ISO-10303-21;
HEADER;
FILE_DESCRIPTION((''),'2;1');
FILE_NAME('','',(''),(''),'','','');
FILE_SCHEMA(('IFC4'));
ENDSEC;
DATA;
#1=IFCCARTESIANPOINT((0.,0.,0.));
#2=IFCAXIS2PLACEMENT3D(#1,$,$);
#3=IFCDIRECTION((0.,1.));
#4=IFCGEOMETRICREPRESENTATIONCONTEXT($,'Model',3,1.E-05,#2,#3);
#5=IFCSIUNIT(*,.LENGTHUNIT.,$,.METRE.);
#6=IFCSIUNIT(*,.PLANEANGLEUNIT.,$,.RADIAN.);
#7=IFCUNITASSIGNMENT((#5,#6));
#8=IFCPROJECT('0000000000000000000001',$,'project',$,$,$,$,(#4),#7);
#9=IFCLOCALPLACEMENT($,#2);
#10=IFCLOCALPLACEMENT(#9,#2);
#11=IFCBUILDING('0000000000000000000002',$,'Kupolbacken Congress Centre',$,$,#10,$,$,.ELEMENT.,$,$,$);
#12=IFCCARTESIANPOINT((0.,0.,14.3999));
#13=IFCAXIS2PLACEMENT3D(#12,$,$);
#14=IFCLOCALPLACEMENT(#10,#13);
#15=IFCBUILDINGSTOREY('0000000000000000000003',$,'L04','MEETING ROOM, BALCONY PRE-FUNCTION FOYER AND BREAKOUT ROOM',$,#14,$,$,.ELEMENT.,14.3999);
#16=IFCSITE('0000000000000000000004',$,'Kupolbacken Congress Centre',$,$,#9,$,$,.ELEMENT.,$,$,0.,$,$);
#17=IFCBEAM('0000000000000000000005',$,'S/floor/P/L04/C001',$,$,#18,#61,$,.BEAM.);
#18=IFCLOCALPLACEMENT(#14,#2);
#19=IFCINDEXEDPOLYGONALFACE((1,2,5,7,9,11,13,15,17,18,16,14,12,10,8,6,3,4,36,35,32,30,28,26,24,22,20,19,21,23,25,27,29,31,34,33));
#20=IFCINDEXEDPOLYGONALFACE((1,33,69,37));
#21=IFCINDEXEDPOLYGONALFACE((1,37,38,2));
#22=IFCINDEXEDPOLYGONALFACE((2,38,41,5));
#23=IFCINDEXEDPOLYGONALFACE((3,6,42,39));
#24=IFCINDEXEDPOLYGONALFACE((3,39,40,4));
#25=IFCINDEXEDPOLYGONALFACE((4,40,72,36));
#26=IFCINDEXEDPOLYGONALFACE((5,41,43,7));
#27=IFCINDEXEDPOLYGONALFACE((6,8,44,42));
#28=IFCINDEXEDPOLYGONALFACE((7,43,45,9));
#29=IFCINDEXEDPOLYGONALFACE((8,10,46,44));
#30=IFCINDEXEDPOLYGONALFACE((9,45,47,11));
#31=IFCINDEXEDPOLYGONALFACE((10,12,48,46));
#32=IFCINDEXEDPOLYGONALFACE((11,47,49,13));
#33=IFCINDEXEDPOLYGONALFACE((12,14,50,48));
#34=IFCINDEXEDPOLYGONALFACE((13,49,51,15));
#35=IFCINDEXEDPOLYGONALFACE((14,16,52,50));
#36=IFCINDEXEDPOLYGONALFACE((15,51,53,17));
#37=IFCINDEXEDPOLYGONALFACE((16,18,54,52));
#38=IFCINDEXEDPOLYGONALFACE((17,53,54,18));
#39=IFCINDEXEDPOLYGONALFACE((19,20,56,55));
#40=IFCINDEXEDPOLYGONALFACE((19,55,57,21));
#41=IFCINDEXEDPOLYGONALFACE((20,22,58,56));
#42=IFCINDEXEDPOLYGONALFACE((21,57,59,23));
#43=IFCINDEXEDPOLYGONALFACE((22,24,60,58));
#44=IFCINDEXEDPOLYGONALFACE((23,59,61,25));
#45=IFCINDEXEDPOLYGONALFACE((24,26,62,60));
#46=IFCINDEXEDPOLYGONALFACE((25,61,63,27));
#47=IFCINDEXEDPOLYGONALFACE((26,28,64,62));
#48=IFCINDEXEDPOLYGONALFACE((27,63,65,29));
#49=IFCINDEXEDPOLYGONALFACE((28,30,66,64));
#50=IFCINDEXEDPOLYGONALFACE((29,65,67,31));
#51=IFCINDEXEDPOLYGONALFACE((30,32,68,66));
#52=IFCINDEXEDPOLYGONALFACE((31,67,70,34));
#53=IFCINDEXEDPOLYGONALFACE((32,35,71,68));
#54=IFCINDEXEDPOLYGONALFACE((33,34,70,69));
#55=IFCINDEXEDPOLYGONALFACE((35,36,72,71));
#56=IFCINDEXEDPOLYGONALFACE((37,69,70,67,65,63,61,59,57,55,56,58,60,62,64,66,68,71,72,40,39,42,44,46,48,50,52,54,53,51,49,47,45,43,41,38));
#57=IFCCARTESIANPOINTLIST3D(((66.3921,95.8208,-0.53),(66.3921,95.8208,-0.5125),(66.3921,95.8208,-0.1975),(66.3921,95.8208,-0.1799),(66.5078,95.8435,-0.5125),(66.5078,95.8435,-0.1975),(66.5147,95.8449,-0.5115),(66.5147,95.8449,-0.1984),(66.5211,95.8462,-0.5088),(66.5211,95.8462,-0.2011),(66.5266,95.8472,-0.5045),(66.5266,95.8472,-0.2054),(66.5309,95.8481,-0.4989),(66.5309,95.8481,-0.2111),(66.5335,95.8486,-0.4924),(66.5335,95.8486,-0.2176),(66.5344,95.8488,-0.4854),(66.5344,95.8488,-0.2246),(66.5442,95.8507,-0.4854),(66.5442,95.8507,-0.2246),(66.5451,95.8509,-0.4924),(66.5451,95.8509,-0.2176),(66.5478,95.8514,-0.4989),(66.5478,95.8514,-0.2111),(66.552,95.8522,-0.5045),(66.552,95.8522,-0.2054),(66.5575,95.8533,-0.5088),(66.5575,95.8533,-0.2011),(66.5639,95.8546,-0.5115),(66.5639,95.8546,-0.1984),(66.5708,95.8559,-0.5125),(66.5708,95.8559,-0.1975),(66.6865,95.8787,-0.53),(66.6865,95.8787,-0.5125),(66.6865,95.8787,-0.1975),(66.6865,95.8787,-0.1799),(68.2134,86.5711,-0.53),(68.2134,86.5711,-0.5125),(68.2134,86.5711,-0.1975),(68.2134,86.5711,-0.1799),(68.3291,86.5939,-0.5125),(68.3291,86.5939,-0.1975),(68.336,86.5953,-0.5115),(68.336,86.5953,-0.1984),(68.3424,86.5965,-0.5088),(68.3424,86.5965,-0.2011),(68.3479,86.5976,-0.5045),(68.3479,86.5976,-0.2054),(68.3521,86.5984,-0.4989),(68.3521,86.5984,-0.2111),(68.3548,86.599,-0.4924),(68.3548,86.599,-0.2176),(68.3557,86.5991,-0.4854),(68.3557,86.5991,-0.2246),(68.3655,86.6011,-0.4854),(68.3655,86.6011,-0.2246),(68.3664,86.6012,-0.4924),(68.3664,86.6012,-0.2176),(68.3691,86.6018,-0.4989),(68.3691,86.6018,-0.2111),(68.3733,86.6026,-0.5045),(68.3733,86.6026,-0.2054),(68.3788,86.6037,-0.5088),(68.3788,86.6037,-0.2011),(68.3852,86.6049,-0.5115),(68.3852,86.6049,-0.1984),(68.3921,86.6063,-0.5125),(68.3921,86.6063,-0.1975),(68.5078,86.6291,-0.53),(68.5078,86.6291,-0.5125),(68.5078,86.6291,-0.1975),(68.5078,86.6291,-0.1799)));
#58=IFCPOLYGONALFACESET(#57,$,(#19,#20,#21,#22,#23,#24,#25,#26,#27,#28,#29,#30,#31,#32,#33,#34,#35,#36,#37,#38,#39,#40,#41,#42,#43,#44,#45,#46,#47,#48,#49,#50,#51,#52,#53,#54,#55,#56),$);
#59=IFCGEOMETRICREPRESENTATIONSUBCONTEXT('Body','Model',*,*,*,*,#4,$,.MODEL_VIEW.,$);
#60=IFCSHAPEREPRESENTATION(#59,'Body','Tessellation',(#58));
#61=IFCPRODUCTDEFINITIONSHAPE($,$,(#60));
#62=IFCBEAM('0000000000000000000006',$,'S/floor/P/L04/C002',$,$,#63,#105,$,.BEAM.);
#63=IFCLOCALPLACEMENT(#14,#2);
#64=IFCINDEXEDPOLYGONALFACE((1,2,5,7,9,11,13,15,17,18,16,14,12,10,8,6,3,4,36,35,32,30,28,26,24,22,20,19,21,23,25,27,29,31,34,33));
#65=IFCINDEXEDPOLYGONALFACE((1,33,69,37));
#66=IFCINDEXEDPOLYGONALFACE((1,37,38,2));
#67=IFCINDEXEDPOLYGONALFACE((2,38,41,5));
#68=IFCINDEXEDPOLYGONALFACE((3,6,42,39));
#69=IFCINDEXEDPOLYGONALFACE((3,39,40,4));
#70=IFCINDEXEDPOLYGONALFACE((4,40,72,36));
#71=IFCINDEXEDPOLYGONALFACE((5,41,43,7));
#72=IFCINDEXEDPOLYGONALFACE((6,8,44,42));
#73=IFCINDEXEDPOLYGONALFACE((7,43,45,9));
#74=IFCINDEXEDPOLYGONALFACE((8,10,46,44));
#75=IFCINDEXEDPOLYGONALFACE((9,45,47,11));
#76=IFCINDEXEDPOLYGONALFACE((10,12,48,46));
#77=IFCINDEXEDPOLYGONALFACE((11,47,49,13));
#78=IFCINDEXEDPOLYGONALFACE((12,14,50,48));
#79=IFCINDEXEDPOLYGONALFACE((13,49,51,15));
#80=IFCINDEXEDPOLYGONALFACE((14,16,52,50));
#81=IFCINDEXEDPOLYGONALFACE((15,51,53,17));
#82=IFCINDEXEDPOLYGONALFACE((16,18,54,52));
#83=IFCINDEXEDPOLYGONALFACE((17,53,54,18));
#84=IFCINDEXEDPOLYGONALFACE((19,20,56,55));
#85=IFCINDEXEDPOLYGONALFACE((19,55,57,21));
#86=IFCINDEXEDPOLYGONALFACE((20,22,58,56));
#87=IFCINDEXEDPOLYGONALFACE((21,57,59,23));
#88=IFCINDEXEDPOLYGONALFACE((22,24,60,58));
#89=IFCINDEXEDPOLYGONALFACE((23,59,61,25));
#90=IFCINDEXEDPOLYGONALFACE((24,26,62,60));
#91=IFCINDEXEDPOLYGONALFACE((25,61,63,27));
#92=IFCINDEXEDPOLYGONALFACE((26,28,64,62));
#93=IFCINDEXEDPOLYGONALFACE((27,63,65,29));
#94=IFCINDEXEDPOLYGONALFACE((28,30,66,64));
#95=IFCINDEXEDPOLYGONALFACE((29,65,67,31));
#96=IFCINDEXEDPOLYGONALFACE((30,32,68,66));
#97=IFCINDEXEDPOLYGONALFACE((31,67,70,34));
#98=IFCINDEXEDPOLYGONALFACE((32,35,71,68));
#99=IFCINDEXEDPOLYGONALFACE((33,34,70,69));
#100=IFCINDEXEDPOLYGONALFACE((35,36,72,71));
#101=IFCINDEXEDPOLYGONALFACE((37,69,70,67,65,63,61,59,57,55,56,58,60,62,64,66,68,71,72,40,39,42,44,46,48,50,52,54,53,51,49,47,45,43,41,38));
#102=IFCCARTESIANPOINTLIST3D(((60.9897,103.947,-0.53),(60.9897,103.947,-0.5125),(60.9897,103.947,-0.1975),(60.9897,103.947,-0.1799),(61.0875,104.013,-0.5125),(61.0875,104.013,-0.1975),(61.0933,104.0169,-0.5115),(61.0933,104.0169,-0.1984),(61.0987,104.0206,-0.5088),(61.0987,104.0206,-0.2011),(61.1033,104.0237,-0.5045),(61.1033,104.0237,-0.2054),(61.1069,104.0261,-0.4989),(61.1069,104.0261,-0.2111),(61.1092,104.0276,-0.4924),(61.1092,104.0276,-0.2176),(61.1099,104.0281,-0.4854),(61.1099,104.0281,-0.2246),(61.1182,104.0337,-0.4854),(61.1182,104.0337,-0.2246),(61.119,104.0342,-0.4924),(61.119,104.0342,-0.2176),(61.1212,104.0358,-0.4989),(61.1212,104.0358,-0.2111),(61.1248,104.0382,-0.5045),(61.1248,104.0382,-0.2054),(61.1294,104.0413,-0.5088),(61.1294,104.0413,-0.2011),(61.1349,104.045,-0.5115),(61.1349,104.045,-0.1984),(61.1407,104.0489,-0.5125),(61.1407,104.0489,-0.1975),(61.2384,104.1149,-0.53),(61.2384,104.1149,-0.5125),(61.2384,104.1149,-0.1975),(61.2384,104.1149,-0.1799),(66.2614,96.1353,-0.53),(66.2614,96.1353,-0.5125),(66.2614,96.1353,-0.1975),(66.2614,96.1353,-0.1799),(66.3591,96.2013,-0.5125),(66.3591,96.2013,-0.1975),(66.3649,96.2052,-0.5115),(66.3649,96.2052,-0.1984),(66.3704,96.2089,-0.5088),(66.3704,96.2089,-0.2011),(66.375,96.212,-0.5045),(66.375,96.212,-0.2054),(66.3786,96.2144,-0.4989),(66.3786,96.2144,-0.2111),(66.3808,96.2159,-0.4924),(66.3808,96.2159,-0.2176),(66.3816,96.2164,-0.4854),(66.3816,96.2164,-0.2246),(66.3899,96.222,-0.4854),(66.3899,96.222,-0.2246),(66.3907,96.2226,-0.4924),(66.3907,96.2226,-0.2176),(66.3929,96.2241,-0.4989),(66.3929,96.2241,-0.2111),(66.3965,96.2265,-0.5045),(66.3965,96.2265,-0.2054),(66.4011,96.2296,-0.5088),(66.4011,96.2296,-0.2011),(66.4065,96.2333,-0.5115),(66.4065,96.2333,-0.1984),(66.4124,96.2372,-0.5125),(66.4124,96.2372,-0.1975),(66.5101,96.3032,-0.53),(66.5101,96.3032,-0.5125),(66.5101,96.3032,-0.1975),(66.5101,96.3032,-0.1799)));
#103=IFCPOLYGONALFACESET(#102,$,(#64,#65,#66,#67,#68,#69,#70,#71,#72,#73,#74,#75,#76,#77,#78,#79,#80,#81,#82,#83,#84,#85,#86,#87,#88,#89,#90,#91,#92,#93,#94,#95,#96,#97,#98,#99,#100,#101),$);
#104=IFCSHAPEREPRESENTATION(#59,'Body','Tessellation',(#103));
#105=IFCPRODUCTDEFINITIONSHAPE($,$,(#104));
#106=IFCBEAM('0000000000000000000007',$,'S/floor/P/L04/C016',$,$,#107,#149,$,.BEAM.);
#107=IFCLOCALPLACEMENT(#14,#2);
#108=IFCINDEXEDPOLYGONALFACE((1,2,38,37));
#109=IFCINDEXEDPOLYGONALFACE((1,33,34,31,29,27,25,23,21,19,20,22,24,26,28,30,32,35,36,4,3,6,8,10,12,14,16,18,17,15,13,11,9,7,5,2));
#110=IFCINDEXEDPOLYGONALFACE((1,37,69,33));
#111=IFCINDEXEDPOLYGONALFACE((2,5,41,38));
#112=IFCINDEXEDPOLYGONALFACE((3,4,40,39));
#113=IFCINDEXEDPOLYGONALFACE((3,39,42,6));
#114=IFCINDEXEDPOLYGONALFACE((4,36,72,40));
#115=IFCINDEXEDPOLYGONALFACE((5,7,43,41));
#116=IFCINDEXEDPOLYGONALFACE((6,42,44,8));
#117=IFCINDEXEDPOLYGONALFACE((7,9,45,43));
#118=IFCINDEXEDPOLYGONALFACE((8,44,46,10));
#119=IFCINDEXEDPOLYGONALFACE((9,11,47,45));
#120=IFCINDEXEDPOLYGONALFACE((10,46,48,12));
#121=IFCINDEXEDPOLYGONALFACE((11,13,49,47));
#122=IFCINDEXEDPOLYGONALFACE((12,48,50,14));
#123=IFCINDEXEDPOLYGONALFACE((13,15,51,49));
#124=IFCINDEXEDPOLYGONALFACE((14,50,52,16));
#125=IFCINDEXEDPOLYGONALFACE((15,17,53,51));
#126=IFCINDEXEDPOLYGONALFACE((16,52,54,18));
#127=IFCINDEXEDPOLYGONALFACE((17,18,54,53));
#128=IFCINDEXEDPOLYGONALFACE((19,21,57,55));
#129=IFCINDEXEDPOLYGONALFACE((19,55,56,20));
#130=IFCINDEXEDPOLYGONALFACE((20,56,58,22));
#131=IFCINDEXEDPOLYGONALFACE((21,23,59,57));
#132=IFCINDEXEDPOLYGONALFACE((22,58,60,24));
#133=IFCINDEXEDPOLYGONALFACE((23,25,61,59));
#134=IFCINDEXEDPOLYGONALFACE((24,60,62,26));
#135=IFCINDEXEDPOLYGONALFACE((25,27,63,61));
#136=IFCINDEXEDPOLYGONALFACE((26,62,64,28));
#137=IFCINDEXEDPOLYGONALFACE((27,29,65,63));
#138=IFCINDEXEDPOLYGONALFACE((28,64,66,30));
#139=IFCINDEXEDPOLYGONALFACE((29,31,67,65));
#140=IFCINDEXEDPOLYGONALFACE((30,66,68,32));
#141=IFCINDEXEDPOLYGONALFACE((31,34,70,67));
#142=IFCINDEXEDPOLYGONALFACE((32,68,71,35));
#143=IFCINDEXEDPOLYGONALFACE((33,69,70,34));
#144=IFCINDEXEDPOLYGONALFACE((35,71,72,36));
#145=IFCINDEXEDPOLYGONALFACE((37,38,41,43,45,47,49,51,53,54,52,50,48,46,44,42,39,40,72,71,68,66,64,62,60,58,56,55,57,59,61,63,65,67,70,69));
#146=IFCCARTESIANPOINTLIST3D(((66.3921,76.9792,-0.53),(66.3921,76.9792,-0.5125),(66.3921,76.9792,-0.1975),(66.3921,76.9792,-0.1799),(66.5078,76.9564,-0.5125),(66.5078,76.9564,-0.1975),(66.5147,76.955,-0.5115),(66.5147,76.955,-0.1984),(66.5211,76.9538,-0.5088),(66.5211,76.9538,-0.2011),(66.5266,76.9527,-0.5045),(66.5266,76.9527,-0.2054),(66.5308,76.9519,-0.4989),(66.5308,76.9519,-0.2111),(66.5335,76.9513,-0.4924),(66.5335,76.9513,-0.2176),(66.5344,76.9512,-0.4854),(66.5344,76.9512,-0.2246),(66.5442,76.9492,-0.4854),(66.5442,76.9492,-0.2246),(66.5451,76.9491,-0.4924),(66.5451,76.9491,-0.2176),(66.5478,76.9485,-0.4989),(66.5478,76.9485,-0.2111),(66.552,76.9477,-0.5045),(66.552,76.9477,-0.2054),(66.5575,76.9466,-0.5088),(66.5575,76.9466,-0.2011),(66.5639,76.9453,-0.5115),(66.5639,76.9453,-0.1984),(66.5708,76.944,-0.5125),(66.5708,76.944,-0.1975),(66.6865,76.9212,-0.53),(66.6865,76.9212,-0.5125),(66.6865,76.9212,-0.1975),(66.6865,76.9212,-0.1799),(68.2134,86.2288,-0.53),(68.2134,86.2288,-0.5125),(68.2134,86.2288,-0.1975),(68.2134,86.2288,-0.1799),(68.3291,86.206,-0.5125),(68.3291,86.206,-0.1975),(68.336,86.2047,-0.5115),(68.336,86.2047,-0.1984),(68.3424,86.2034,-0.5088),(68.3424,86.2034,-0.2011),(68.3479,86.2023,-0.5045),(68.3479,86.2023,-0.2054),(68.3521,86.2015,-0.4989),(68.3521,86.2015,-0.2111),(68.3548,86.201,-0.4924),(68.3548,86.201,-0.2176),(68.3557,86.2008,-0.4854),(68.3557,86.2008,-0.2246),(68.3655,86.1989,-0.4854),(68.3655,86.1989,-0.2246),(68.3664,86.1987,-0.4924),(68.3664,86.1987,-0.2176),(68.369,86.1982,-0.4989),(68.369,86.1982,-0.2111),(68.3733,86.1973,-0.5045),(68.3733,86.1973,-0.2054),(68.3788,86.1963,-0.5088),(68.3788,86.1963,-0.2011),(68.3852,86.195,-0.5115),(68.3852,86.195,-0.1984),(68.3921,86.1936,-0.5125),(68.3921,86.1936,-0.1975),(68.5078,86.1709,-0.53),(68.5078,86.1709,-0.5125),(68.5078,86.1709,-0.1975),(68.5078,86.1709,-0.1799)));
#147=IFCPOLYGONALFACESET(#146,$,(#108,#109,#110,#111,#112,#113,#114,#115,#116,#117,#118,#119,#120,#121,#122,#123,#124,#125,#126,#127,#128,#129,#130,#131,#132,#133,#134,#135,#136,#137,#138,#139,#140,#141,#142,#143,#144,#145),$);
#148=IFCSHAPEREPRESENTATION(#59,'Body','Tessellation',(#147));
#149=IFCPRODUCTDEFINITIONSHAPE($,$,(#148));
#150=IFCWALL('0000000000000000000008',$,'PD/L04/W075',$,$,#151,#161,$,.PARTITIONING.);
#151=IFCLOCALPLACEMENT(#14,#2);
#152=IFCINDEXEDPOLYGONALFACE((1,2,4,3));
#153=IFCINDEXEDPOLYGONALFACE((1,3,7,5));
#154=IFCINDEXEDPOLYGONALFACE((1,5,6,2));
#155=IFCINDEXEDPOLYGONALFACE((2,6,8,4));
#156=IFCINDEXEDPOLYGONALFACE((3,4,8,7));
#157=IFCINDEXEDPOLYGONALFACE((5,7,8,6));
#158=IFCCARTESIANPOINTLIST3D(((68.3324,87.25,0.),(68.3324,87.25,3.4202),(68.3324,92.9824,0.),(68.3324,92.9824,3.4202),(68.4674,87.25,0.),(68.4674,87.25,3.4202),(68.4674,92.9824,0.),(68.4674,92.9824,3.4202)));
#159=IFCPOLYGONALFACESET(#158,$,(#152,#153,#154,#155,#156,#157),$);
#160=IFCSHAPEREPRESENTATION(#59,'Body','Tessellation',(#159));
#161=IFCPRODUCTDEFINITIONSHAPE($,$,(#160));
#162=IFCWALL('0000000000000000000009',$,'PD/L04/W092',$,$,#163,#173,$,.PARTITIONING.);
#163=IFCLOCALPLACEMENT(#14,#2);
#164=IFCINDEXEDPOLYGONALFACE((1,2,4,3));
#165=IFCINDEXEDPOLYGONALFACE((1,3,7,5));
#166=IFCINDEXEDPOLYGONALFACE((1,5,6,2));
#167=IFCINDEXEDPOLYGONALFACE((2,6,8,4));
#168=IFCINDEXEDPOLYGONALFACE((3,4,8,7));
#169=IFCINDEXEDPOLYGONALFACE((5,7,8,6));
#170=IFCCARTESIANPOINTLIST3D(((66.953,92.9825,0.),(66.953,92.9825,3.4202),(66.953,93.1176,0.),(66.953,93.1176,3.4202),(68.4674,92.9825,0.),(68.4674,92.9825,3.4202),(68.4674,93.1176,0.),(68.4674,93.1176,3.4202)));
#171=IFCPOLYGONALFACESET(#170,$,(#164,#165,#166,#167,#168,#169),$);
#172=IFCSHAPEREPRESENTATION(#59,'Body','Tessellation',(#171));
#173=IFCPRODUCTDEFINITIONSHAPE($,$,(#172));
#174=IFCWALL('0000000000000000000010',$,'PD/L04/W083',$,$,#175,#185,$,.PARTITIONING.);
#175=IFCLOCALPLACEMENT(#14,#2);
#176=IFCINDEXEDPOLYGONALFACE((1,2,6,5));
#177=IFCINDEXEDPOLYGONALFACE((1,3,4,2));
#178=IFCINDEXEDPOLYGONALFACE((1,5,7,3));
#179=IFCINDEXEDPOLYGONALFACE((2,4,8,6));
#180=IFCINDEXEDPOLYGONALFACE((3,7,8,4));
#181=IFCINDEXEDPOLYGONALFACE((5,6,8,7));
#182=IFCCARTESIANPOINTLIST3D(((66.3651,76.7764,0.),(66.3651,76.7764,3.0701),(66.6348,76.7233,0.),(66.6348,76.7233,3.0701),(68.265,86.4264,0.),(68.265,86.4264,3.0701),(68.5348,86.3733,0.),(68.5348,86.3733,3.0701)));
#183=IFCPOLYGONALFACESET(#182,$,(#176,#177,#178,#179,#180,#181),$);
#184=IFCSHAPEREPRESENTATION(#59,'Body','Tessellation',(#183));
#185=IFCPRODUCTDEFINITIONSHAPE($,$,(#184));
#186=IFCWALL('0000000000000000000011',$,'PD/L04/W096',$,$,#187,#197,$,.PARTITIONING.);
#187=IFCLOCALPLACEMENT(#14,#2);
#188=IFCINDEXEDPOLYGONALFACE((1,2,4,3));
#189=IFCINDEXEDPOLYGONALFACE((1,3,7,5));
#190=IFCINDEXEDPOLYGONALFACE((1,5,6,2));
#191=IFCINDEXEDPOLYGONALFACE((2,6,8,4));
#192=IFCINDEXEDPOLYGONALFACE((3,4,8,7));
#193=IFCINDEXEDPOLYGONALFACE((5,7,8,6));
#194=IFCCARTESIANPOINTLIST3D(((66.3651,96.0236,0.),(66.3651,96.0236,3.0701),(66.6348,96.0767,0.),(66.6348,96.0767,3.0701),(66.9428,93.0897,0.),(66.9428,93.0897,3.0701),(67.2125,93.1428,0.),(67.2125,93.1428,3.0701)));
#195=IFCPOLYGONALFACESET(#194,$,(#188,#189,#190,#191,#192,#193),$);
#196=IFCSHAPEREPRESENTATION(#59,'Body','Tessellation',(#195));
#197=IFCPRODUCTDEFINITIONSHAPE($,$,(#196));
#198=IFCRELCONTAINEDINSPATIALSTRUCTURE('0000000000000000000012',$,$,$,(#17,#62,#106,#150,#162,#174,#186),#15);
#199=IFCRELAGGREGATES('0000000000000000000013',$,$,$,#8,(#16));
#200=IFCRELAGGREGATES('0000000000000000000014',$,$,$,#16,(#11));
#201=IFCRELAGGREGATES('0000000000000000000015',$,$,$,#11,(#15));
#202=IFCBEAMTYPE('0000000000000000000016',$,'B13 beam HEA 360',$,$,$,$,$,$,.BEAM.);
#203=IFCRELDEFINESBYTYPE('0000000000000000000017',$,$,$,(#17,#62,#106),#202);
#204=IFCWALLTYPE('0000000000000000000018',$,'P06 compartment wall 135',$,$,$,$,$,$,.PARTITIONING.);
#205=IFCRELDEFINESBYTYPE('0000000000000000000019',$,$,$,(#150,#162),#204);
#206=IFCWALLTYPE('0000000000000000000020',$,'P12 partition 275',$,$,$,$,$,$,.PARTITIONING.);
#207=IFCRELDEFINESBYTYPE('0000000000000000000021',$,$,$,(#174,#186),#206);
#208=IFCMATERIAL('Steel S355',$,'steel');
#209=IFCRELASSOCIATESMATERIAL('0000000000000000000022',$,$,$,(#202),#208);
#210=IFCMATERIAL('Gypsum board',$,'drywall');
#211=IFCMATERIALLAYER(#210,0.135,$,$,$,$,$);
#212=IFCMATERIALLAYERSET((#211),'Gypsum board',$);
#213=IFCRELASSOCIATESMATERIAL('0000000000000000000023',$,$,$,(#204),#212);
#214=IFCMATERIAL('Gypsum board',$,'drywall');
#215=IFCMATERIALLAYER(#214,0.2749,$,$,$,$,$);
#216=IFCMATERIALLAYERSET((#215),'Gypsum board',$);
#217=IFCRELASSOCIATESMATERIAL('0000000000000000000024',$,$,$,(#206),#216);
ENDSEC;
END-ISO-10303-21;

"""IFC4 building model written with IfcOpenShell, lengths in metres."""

from ifc_helpers import new_model, si_unit, direction, frame, frame_2d, origin, origin_2d, place, context, subcontext, project, spatial, rectangle, i_section, extrude, material, layer, layer_set, material_profile, profile_set, type_object, element, save


model = new_model("IFC4")

# Units and contexts
model_context = context("Model", 3, precision=1e-05, world=origin(), true_north=direction((0.0, 1.0)))
body_context = subcontext(model_context, "Body", "Model", "MODEL_VIEW")
ifc_project = project(units=[si_unit("LENGTHUNIT", "METRE"), si_unit("PLANEANGLEUNIT", "RADIAN")], contexts=[model_context])

# Site, building, storey
site_placement = place(None, origin())
site = spatial("IfcSite", under=ifc_project, at=site_placement, Name="Kupolbacken Congress Centre", CompositionType="ELEMENT", RefElevation=0.0)
building_placement = place(site_placement, origin())
building = spatial("IfcBuilding", under=site, at=building_placement, Name="Kupolbacken Congress Centre", CompositionType="ELEMENT")
storey_placement = place(building_placement, frame((0.0, 0.0, 14.3999)))
storey = spatial("IfcBuildingStorey", under=building, at=storey_placement, Name="L04", Description="MEETING ROOM, BALCONY PRE-FUNCTION FOYER AND BREAKOUT ROOM", CompositionType="ELEMENT", Elevation=14.3999)

# Beams
ifc_material_1 = material(Name="Steel S355", Category="steel")
ifc_material_profile_1 = material_profile(ifc_material_1, i_section(OverallWidth=0.3, OverallDepth=0.3501, WebThickness=0.01, FlangeThickness=0.0176, FilletRadius=0.0271, at=origin_2d()), Name="HEA 360")
ifc_profile_set_1 = profile_set([ifc_material_profile_1], Name="Steel S355")
beam_type_1 = type_object("IfcBeamType", Name="B13 beam HEA 360", PredefinedType="BEAM", material=ifc_profile_set_1)
beam_1_placement = place(storey_placement, frame((68.3606, 86.6001, -0.355), z_axis=(-0.193192, 0.981161, 0.0), x_axis=(-0.981161, -0.193192, 0.0)))
element("IfcBeam", 1, at=beam_1_placement, inside=storey, type_object=beam_type_1, Name="S/floor/P/L04/C001", PredefinedType="BEAM", context=body_context, shape_type="SweptSolid", body=[
    extrude(i_section(OverallWidth=0.3, OverallDepth=0.3501, WebThickness=0.01, FlangeThickness=0.0176, FilletRadius=0.0271, at=origin_2d()), origin(), (0.0, 0.0, 1.0), 9.4272),
])
beam_2_placement = place(storey_placement, frame((66.3857, 96.2192, -0.355), z_axis=(-0.559384, 0.828908, 0.0), x_axis=(-0.828908, -0.559384, 0.0)))
element("IfcBeam", 2, at=beam_2_placement, inside=storey, type_object=beam_type_1, Name="S/floor/P/L04/C002", PredefinedType="BEAM", context=body_context, shape_type="SweptSolid", body=[
    extrude(i_section(OverallWidth=0.3, OverallDepth=0.3501, WebThickness=0.01, FlangeThickness=0.0176, FilletRadius=0.0271, at=origin_2d()), origin(), (0.0, 0.0, 1.0), 9.4241),
])
beam_3_placement = place(storey_placement, frame((66.5393, 76.9502, -0.355), z_axis=(0.193192, 0.981161, 0.0), x_axis=(-0.981161, 0.193192, 0.0)))
element("IfcBeam", 3, at=beam_3_placement, inside=storey, type_object=beam_type_1, Name="S/floor/P/L04/C016", PredefinedType="BEAM", context=body_context, shape_type="SweptSolid", body=[
    extrude(i_section(OverallWidth=0.3, OverallDepth=0.3501, WebThickness=0.01, FlangeThickness=0.0176, FilletRadius=0.0271, at=origin_2d()), origin(), (0.0, 0.0, 1.0), 9.4272),
])

# Walls
ifc_material_2 = material(Name="Gypsum board", Category="drywall")
ifc_layer_1 = layer(ifc_material_2, 0.135)
ifc_layer_set_1 = layer_set([ifc_layer_1], Name="Gypsum board")
wall_type_1 = type_object("IfcWallType", Name="P06 compartment wall 135", PredefinedType="PARTITIONING", material=ifc_layer_set_1)
wall_1_placement = place(storey_placement, frame((68.3999, 87.25, 0.0), z_axis=(0.0, 0.0, 1.0), x_axis=(0.0, 1.0, 0.0)))
element("IfcWall", 4, at=wall_1_placement, inside=storey, type_object=wall_type_1, Name="PD/L04/W075", PredefinedType="PARTITIONING", context=body_context, shape_type="SweptSolid", body=[
    extrude(rectangle(XDim=5.7324, YDim=0.135, at=frame_2d((2.8662, 0.0))), origin(), (0.0, 0.0, 1.0), 3.4202),
])
wall_2_placement = place(storey_placement, frame((68.4675, 93.05, 0.0), z_axis=(0.0, 0.0, 1.0), x_axis=(-1.0, 0.0, 0.0)))
element("IfcWall", 5, at=wall_2_placement, inside=storey, type_object=wall_type_1, Name="PD/L04/W092", PredefinedType="PARTITIONING", context=body_context, shape_type="SweptSolid", body=[
    extrude(rectangle(XDim=1.5144, YDim=0.135, at=frame_2d((0.7573, 0.0))), origin(), (0.0, 0.0, 1.0), 3.4202),
])
ifc_material_3 = material(Name="Gypsum board", Category="drywall")
ifc_layer_2 = layer(ifc_material_3, 0.2749)
ifc_layer_set_2 = layer_set([ifc_layer_2], Name="Gypsum board")
wall_type_2 = type_object("IfcWallType", Name="P12 partition 275", PredefinedType="PARTITIONING", material=ifc_layer_set_2)
wall_3_placement = place(storey_placement, frame((66.5, 76.75, 0.0), z_axis=(0.0, 0.0, 1.0), x_axis=(0.193175, 0.981164, 0.0)))
element("IfcWall", 6, at=wall_3_placement, inside=storey, type_object=wall_type_2, Name="PD/L04/W083", PredefinedType="PARTITIONING", context=body_context, shape_type="SweptSolid", body=[
    extrude(rectangle(XDim=9.8352, YDim=0.2749, at=frame_2d((4.9175, 0.0))), origin(), (0.0, 0.0, 1.0), 3.0701),
])
wall_4_placement = place(storey_placement, frame((67.0776, 93.1162, 0.0), z_axis=(0.0, 0.0, 1.0), x_axis=(-0.193179, 0.981164, 0.0)))
element("IfcWall", 7, at=wall_4_placement, inside=storey, type_object=wall_type_2, Name="PD/L04/W096", PredefinedType="PARTITIONING", context=body_context, shape_type="SweptSolid", body=[
    extrude(rectangle(XDim=2.9902, YDim=0.2749, at=frame_2d((1.4951, 0.0))), origin(), (0.0, 0.0, 1.0), 3.0701),
])

save(model, "model.ifc")
